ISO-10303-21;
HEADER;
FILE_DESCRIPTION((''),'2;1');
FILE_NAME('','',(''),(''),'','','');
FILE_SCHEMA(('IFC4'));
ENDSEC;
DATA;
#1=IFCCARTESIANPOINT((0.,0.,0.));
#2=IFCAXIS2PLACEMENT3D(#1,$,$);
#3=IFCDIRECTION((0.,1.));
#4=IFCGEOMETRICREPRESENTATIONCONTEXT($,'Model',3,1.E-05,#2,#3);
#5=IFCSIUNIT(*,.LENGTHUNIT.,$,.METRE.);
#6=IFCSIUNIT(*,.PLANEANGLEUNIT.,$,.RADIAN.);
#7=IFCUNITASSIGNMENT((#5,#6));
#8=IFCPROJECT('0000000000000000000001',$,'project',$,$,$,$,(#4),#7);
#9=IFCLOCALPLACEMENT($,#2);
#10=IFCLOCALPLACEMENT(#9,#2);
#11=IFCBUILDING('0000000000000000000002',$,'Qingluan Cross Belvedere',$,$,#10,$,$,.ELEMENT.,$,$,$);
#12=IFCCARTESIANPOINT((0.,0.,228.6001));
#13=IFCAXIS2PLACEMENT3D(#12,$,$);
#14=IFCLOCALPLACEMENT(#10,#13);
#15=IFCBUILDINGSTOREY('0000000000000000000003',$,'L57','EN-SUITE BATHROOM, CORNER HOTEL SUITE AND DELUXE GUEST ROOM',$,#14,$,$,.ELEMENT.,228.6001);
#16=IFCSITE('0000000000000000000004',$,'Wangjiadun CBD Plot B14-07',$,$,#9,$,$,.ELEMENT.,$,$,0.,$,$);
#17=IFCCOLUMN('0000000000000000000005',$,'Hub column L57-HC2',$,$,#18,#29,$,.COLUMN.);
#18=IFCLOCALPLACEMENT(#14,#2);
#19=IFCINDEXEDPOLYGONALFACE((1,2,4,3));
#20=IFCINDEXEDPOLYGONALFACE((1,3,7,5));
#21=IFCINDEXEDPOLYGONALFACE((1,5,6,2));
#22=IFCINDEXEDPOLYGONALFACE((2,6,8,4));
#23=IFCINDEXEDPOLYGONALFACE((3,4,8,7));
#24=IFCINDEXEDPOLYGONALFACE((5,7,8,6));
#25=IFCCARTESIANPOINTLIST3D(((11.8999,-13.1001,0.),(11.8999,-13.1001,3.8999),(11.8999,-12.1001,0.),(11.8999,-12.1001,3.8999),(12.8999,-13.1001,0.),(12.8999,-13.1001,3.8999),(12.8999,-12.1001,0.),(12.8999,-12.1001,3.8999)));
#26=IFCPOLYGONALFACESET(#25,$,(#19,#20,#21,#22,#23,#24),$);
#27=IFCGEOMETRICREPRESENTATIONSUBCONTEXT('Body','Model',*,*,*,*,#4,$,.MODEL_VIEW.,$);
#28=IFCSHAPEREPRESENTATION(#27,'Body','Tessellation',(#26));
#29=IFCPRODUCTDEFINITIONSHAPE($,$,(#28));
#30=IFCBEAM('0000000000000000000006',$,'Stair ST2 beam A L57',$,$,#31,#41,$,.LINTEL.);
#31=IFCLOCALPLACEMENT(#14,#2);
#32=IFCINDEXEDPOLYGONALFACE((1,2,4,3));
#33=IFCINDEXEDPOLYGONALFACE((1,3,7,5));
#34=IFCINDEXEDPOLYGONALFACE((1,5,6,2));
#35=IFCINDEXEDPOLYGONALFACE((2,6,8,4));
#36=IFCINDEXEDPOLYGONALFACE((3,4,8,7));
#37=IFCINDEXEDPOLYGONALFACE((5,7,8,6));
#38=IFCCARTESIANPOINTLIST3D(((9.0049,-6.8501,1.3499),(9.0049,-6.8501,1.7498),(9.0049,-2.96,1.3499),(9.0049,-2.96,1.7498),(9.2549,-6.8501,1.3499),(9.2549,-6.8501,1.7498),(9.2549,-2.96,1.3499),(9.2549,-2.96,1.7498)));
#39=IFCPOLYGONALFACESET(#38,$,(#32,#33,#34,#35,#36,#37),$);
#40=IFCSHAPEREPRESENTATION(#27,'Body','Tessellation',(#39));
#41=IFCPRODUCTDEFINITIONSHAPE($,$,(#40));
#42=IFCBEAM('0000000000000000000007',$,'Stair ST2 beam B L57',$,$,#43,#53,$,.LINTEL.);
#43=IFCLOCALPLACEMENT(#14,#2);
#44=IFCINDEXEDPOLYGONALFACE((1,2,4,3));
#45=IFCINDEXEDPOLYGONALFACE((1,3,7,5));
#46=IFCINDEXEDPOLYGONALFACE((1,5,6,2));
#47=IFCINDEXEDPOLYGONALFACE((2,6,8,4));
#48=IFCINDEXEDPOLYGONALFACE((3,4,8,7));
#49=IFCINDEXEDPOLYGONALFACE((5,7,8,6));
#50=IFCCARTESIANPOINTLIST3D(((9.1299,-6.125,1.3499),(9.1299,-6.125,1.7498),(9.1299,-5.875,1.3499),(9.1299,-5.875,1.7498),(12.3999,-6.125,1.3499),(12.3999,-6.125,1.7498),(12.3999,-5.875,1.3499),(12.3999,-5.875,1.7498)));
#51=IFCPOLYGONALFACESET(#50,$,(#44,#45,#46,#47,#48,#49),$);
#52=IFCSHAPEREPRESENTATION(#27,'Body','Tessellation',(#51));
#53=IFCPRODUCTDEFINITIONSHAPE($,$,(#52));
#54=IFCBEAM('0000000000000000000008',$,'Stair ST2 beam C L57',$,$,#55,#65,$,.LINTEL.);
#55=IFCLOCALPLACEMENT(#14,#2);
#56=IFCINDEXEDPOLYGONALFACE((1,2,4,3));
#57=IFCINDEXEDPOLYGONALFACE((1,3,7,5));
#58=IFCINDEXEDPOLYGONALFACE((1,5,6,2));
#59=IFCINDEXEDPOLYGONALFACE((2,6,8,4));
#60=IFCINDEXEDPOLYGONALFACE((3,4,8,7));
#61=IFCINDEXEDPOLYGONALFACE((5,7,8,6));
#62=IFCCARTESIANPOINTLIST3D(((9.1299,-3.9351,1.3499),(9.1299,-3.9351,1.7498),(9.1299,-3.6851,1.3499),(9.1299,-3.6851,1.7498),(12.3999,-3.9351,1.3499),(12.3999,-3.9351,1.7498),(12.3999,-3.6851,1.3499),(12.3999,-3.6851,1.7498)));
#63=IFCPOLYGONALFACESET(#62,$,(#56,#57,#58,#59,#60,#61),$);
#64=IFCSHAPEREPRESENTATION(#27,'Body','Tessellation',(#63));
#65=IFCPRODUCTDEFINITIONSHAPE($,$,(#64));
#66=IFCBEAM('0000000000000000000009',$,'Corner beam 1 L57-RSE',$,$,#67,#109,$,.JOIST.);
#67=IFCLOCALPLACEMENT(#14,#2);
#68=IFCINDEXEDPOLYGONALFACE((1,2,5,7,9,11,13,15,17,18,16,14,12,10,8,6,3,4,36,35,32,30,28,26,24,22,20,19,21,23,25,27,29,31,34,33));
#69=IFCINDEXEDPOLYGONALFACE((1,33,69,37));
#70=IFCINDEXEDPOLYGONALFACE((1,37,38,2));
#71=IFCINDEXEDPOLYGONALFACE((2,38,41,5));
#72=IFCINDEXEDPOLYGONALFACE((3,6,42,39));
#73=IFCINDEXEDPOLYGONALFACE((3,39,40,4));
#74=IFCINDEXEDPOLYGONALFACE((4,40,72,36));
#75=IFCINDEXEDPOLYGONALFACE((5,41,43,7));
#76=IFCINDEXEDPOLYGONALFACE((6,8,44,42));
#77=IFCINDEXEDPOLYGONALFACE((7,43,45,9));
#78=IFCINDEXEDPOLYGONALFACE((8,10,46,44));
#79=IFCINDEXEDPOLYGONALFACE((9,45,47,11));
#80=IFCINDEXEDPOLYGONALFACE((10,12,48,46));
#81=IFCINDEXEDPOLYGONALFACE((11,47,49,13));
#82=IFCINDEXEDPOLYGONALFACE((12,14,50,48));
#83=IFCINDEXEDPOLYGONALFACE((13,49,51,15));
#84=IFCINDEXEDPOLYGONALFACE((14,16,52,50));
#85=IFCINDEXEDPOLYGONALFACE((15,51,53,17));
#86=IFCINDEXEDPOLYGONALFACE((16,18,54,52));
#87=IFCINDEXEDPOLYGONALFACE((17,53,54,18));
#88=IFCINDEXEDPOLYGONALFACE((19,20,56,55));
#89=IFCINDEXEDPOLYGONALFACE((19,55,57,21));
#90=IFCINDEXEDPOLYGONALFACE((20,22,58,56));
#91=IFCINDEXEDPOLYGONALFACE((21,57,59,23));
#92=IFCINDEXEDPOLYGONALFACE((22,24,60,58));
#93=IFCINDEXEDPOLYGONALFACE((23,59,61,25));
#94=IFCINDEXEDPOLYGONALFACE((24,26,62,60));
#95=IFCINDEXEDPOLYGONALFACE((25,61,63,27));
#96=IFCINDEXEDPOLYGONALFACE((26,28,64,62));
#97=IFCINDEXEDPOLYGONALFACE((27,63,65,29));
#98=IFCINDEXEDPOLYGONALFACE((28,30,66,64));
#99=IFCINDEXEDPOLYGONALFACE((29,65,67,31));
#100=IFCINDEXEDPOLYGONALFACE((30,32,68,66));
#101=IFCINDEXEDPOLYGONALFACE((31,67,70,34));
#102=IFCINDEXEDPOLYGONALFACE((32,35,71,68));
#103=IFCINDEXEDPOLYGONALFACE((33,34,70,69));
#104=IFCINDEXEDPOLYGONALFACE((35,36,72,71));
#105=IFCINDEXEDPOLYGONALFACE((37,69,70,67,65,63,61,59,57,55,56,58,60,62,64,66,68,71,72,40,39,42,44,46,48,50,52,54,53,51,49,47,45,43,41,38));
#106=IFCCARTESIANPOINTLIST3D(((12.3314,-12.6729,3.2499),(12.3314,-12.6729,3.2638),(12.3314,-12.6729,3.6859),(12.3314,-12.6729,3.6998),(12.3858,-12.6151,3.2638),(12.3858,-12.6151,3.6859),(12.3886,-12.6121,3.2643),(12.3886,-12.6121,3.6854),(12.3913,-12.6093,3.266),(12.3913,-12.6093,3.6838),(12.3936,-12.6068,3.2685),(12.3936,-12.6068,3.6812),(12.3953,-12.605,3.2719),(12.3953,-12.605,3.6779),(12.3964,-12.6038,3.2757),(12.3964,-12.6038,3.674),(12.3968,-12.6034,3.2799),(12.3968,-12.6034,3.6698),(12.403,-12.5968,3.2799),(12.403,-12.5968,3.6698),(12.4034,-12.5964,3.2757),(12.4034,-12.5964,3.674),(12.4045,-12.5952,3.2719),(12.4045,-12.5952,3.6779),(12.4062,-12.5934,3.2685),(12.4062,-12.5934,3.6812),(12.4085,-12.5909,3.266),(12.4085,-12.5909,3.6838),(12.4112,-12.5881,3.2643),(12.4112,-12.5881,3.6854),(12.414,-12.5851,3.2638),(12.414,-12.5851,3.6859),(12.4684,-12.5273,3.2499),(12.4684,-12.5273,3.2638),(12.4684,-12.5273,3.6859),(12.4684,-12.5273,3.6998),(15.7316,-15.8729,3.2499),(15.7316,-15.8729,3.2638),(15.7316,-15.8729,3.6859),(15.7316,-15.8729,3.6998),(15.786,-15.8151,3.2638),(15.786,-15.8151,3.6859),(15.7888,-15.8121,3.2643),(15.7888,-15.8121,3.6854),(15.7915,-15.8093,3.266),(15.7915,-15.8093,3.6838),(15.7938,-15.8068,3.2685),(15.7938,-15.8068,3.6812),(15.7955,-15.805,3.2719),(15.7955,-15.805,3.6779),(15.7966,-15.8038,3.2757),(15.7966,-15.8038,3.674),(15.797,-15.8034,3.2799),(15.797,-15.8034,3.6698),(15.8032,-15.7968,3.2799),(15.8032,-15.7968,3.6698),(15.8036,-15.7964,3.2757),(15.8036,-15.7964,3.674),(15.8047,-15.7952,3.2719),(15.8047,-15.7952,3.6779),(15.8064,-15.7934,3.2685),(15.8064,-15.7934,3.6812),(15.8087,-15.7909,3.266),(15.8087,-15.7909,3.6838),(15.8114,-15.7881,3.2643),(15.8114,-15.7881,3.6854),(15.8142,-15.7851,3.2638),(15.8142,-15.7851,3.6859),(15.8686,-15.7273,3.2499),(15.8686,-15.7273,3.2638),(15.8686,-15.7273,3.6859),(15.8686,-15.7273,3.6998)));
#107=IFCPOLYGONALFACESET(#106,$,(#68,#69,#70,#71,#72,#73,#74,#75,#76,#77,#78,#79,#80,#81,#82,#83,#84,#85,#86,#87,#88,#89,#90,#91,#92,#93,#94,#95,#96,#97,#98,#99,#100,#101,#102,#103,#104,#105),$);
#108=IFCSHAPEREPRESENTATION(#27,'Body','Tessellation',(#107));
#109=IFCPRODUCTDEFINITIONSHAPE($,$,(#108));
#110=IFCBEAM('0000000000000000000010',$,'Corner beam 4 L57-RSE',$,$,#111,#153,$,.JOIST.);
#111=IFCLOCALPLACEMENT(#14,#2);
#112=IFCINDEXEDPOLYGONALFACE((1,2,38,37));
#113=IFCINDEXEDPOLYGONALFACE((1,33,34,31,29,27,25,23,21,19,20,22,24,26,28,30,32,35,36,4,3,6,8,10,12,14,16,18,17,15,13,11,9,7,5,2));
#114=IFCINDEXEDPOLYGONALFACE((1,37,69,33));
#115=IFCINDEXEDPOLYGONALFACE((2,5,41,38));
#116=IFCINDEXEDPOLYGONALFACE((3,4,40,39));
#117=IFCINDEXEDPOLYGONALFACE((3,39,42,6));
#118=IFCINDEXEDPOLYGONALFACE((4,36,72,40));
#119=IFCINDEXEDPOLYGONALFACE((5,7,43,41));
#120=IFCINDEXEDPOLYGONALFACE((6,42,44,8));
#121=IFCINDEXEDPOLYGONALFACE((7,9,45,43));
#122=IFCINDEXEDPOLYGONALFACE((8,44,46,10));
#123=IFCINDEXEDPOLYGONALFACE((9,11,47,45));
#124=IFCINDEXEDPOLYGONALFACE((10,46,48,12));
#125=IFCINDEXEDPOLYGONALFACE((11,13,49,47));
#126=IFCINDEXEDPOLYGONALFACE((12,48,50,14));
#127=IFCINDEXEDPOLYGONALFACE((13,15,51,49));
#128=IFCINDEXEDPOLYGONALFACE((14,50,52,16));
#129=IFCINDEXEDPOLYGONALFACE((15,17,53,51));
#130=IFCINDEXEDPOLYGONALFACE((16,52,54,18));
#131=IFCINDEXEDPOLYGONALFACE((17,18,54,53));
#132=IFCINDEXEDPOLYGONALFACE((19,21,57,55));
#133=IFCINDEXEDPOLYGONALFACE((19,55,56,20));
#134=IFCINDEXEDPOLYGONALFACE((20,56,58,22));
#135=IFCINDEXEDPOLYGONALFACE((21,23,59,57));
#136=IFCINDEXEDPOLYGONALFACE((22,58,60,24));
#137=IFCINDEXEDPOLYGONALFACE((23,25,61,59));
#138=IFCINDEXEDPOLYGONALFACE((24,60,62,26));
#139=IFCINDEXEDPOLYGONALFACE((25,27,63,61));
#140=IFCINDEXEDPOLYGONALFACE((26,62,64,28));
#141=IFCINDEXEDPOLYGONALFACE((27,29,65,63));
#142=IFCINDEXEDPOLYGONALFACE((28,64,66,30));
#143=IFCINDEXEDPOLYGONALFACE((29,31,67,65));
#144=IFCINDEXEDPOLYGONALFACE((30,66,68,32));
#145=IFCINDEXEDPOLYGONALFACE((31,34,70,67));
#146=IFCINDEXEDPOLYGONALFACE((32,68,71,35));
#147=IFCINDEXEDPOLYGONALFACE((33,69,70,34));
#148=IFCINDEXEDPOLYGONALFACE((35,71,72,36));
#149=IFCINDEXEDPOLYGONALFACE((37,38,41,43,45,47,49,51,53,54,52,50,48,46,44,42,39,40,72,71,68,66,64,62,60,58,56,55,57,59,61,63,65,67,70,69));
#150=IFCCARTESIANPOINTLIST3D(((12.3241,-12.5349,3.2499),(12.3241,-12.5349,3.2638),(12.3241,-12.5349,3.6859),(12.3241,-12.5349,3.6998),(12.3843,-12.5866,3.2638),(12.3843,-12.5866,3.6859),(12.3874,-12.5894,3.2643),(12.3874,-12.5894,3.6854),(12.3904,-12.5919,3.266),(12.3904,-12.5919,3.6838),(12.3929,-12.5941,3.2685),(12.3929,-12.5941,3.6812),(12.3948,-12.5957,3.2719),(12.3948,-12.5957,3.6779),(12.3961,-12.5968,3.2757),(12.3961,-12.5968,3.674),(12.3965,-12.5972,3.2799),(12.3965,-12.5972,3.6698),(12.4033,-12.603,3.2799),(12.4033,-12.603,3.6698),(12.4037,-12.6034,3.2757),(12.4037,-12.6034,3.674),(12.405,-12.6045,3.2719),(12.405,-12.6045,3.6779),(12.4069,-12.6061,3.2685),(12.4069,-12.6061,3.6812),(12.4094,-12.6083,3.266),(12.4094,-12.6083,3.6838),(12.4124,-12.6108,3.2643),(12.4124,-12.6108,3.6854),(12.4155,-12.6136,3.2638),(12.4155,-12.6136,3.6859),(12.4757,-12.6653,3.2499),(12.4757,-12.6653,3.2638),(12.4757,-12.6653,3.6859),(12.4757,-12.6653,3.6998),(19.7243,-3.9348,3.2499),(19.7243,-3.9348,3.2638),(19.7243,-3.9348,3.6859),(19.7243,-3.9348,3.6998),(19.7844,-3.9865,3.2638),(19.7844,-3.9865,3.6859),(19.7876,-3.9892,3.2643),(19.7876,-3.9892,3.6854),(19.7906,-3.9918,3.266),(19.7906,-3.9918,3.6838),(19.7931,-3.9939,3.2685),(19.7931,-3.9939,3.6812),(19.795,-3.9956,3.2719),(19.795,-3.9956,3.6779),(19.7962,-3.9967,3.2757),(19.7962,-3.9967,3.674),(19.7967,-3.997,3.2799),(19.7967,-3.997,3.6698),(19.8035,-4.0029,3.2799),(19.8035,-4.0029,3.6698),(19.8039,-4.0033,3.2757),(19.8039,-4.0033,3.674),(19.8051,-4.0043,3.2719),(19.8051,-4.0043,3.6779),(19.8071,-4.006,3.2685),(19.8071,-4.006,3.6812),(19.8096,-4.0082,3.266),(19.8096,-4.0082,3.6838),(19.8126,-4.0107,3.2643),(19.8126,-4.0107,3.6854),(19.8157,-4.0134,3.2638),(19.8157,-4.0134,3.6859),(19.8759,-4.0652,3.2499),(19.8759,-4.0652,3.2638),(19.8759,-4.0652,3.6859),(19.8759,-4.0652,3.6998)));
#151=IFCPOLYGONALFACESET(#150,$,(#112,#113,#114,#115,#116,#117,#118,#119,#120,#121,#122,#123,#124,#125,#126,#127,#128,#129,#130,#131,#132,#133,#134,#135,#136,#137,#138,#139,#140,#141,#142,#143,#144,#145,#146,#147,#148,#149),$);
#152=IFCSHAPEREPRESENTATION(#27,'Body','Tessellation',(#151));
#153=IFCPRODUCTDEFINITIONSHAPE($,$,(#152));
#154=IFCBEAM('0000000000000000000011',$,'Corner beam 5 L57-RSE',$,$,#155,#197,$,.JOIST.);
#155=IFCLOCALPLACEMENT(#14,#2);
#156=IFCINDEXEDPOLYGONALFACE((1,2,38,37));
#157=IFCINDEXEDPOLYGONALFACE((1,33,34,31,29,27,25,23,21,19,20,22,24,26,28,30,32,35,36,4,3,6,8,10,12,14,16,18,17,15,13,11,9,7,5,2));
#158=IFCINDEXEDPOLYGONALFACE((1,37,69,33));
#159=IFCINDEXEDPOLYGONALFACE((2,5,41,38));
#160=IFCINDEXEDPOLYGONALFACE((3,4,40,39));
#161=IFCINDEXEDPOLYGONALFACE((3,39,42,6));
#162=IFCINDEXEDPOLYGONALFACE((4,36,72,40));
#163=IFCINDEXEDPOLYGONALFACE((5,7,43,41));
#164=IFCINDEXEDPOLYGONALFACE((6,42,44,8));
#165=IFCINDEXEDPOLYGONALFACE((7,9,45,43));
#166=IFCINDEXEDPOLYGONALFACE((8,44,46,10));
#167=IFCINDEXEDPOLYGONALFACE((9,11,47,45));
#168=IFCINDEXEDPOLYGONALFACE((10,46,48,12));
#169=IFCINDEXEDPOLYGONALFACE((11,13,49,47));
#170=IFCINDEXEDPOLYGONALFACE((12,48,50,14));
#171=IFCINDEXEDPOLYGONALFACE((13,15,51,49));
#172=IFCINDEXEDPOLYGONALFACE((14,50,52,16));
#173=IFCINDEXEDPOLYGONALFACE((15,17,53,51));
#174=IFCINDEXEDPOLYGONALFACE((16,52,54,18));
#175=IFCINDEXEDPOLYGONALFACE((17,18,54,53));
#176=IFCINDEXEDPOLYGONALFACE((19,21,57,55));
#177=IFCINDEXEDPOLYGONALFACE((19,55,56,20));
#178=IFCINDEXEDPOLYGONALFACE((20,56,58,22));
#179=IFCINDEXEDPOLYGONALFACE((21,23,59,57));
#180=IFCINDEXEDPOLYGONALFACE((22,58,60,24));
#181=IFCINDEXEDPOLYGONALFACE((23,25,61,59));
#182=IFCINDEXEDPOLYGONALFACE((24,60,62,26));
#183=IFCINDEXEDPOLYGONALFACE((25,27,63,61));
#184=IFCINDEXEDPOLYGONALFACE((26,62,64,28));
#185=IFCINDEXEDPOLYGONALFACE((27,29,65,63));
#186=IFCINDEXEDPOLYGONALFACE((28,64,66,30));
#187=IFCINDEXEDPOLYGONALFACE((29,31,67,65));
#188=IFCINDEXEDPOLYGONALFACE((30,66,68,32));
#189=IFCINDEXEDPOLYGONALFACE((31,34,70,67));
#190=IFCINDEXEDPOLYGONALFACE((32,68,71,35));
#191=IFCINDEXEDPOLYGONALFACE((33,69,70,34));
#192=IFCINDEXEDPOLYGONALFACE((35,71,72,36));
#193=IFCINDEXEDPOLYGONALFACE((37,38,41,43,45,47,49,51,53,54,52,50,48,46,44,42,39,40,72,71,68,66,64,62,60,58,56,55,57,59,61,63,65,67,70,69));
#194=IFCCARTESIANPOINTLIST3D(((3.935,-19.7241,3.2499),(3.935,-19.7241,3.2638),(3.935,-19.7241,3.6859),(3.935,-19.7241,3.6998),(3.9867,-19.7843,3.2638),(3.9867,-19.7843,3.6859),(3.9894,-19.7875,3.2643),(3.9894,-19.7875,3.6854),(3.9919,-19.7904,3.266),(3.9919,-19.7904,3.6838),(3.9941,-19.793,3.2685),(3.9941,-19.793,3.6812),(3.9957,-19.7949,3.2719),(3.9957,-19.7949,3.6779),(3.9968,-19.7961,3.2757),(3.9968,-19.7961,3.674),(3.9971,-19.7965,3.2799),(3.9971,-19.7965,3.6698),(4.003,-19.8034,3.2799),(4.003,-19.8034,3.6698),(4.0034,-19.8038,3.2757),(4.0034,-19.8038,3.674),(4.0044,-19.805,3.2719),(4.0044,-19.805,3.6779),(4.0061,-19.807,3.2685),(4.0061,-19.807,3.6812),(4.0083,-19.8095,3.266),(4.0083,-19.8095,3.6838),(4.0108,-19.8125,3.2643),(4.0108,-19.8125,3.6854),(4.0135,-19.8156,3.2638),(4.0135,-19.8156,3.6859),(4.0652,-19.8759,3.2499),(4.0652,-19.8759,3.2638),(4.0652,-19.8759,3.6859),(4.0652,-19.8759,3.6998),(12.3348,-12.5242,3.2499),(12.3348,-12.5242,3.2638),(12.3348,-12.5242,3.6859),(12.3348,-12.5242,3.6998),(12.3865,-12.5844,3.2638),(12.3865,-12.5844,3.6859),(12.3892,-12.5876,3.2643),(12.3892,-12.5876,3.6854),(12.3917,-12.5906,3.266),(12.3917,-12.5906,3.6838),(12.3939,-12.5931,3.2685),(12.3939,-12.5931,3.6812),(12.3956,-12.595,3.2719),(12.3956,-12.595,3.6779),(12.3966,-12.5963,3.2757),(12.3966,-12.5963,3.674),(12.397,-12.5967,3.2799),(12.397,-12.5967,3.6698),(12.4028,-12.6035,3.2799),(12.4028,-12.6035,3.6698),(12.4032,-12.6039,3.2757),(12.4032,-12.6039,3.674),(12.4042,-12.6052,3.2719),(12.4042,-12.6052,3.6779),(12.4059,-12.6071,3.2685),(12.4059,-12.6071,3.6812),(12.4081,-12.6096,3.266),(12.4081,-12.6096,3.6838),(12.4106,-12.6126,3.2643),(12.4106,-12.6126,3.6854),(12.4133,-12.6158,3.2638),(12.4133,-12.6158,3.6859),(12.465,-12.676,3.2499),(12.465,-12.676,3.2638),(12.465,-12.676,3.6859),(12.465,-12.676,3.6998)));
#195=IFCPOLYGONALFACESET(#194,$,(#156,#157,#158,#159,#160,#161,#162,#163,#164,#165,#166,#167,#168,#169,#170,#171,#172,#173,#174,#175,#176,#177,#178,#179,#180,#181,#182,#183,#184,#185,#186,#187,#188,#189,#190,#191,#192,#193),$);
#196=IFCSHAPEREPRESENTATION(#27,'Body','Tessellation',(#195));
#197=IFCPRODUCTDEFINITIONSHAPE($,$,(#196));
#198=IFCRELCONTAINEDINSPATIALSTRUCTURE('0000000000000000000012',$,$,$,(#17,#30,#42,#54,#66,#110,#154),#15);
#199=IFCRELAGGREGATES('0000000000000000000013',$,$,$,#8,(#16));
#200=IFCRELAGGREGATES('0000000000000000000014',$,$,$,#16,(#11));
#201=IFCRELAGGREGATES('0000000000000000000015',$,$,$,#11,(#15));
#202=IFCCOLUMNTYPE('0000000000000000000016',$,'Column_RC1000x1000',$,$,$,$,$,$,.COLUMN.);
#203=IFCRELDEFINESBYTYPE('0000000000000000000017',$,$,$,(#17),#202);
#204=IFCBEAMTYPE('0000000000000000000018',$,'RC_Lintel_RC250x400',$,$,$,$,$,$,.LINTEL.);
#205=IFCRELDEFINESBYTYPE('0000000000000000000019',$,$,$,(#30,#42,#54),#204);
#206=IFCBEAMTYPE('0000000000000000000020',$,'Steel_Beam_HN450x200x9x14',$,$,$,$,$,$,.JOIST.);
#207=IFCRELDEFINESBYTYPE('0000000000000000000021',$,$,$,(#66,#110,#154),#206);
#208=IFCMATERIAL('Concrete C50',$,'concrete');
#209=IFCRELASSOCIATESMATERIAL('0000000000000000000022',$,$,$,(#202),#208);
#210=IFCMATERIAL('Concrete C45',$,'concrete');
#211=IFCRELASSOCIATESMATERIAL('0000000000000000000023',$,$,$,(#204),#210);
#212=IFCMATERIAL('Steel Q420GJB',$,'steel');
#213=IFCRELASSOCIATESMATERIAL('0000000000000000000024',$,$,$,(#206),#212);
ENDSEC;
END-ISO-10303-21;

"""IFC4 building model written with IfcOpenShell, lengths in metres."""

from ifc_helpers import new_model, si_unit, direction, frame, origin, origin_2d, place, context, subcontext, project, spatial, rectangle, i_section, extrude, material, material_profile, profile_set, type_object, element, save


model = new_model("IFC4")

# Units and contexts
model_context = context("Model", 3, precision=1e-05, world=origin(), true_north=direction((0.0, 1.0)))
body_context = subcontext(model_context, "Body", "Model", "MODEL_VIEW")
ifc_project = project(units=[si_unit("LENGTHUNIT", "METRE"), si_unit("PLANEANGLEUNIT", "RADIAN")], contexts=[model_context])

# Site, building, storey
site_placement = place(None, origin())
site = spatial("IfcSite", under=ifc_project, at=site_placement, Name="Wangjiadun CBD Plot B14-07", CompositionType="ELEMENT", RefElevation=0.0)
building_placement = place(site_placement, origin())
building = spatial("IfcBuilding", under=site, at=building_placement, Name="Qingluan Cross Belvedere", CompositionType="ELEMENT")
storey_placement = place(building_placement, frame((0.0, 0.0, 228.6001)))
storey = spatial("IfcBuildingStorey", under=building, at=storey_placement, Name="L57", Description="EN-SUITE BATHROOM, CORNER HOTEL SUITE AND DELUXE GUEST ROOM", CompositionType="ELEMENT", Elevation=228.6001)

# Column
ifc_material_1 = material(Name="Concrete C50", Category="concrete")
ifc_material_profile_1 = material_profile(ifc_material_1, rectangle(XDim=1.0, YDim=1.0, at=origin_2d()), Name="RC1000x1000")
ifc_profile_set_1 = profile_set([ifc_material_profile_1], Name="Concrete C50")
column_type = type_object("IfcColumnType", Name="Column_RC1000x1000", PredefinedType="COLUMN", material=ifc_profile_set_1)
column_placement = place(storey_placement, frame((12.3999, -12.6001, 0.0), z_axis=(0.0, 0.0, 1.0), x_axis=(1.0, 0.0, 0.0)))
element("IfcColumn", 1, at=column_placement, inside=storey, type_object=column_type, Name="Hub column L57-HC2", PredefinedType="COLUMN", context=body_context, shape_type="SweptSolid", body=[
    extrude(rectangle(XDim=1.0, YDim=1.0, at=origin_2d()), origin(), (0.0, 0.0, 1.0), 3.8999),
])

# Beams
ifc_material_2 = material(Name="Concrete C45", Category="concrete")
ifc_material_profile_2 = material_profile(ifc_material_2, rectangle(XDim=0.25, YDim=0.3999, at=origin_2d()), Name="RC250x400")
ifc_profile_set_2 = profile_set([ifc_material_profile_2], Name="Concrete C45")
beam_type_1 = type_object("IfcBeamType", Name="RC_Lintel_RC250x400", PredefinedType="LINTEL", material=ifc_profile_set_2)
beam_1_placement = place(storey_placement, frame((9.1299, -6.8501, 1.5498), z_axis=(0.0, 1.0, 0.0), x_axis=(-1.0, 0.0, 0.0)))
element("IfcBeam", 2, at=beam_1_placement, inside=storey, type_object=beam_type_1, Name="Stair ST2 beam A L57", PredefinedType="LINTEL", context=body_context, shape_type="SweptSolid", body=[
    extrude(rectangle(XDim=0.25, YDim=0.3999, at=origin_2d()), origin(), (0.0, 0.0, 1.0), 3.8901),
])
for number, where, z_axis, x_axis, name in (
    (3, (12.3999, -6.0, 1.5498), (-1.0, 0.0, 0.0), (0.0, -1.0, 0.0), "Stair ST2 beam B L57"),
    (4, (12.3999, -3.8101, 1.5498), (-1.0, 0.0, 0.0), (0.0, -1.0, 0.0), "Stair ST2 beam C L57"),
):
    element("IfcBeam", number, at=place(storey_placement, frame(where, z_axis=z_axis, x_axis=x_axis)), inside=storey, type_object=beam_type_1, Name=name, PredefinedType="LINTEL", context=body_context, shape_type="SweptSolid", body=[
        extrude(rectangle(XDim=0.25, YDim=0.3999, at=origin_2d()), origin(), (0.0, 0.0, 1.0), 3.27),
    ])
ifc_material_3 = material(Name="Steel Q420GJB", Category="steel")
ifc_material_profile_3 = material_profile(ifc_material_3, i_section(OverallWidth=0.2, OverallDepth=0.45, WebThickness=0.009, FlangeThickness=0.0139, FilletRadius=0.0161, at=origin_2d()), Name="HN450x200x9x14")
ifc_profile_set_3 = profile_set([ifc_material_profile_3], Name="Steel Q420GJB")
beam_type_2 = type_object("IfcBeamType", Name="Steel_Beam_HN450x200x9x14", PredefinedType="JOIST", material=ifc_profile_set_3)
beam_2_placement = place(storey_placement, frame((12.3999, -12.6001, 3.4749), z_axis=(0.72822, -0.685343, 0.0), x_axis=(0.685343, 0.72822, 0.0)))
element("IfcBeam", 5, at=beam_2_placement, inside=storey, type_object=beam_type_2, Name="Corner beam 1 L57-RSE", PredefinedType="JOIST", context=body_context, shape_type="SweptSolid", body=[
    extrude(i_section(OverallWidth=0.2, OverallDepth=0.45, WebThickness=0.009, FlangeThickness=0.0139, FilletRadius=0.0161, at=origin_2d()), origin(), (0.0, 0.0, 1.0), 4.6692),
])
beam_3_placement = place(storey_placement, frame((12.3999, -12.6001, 3.4749), z_axis=(0.652245, 0.758008, 0.0), x_axis=(-0.758008, 0.652245, 0.0)))
element("IfcBeam", 6, at=beam_3_placement, inside=storey, type_object=beam_type_2, Name="Corner beam 4 L57-RSE", PredefinedType="JOIST", context=body_context, shape_type="SweptSolid", body=[
    extrude(i_section(OverallWidth=0.2, OverallDepth=0.45, WebThickness=0.009, FlangeThickness=0.0139, FilletRadius=0.0161, at=origin_2d()), origin(), (0.0, 0.0, 1.0), 11.3457),
])
beam_4_placement = place(storey_placement, frame((12.3999, -12.6001, 3.4749), z_axis=(-0.759255, -0.650793, 0.0), x_axis=(0.650793, -0.759255, 0.0)))
element("IfcBeam", 7, at=beam_4_placement, inside=storey, type_object=beam_type_2, Name="Corner beam 5 L57-RSE", PredefinedType="JOIST", context=body_context, shape_type="SweptSolid", body=[
    extrude(i_section(OverallWidth=0.2, OverallDepth=0.45, WebThickness=0.009, FlangeThickness=0.0139, FilletRadius=0.0161, at=origin_2d()), origin(), (0.0, 0.0, 1.0), 11.0632),
])

save(model, "model.ifc")
